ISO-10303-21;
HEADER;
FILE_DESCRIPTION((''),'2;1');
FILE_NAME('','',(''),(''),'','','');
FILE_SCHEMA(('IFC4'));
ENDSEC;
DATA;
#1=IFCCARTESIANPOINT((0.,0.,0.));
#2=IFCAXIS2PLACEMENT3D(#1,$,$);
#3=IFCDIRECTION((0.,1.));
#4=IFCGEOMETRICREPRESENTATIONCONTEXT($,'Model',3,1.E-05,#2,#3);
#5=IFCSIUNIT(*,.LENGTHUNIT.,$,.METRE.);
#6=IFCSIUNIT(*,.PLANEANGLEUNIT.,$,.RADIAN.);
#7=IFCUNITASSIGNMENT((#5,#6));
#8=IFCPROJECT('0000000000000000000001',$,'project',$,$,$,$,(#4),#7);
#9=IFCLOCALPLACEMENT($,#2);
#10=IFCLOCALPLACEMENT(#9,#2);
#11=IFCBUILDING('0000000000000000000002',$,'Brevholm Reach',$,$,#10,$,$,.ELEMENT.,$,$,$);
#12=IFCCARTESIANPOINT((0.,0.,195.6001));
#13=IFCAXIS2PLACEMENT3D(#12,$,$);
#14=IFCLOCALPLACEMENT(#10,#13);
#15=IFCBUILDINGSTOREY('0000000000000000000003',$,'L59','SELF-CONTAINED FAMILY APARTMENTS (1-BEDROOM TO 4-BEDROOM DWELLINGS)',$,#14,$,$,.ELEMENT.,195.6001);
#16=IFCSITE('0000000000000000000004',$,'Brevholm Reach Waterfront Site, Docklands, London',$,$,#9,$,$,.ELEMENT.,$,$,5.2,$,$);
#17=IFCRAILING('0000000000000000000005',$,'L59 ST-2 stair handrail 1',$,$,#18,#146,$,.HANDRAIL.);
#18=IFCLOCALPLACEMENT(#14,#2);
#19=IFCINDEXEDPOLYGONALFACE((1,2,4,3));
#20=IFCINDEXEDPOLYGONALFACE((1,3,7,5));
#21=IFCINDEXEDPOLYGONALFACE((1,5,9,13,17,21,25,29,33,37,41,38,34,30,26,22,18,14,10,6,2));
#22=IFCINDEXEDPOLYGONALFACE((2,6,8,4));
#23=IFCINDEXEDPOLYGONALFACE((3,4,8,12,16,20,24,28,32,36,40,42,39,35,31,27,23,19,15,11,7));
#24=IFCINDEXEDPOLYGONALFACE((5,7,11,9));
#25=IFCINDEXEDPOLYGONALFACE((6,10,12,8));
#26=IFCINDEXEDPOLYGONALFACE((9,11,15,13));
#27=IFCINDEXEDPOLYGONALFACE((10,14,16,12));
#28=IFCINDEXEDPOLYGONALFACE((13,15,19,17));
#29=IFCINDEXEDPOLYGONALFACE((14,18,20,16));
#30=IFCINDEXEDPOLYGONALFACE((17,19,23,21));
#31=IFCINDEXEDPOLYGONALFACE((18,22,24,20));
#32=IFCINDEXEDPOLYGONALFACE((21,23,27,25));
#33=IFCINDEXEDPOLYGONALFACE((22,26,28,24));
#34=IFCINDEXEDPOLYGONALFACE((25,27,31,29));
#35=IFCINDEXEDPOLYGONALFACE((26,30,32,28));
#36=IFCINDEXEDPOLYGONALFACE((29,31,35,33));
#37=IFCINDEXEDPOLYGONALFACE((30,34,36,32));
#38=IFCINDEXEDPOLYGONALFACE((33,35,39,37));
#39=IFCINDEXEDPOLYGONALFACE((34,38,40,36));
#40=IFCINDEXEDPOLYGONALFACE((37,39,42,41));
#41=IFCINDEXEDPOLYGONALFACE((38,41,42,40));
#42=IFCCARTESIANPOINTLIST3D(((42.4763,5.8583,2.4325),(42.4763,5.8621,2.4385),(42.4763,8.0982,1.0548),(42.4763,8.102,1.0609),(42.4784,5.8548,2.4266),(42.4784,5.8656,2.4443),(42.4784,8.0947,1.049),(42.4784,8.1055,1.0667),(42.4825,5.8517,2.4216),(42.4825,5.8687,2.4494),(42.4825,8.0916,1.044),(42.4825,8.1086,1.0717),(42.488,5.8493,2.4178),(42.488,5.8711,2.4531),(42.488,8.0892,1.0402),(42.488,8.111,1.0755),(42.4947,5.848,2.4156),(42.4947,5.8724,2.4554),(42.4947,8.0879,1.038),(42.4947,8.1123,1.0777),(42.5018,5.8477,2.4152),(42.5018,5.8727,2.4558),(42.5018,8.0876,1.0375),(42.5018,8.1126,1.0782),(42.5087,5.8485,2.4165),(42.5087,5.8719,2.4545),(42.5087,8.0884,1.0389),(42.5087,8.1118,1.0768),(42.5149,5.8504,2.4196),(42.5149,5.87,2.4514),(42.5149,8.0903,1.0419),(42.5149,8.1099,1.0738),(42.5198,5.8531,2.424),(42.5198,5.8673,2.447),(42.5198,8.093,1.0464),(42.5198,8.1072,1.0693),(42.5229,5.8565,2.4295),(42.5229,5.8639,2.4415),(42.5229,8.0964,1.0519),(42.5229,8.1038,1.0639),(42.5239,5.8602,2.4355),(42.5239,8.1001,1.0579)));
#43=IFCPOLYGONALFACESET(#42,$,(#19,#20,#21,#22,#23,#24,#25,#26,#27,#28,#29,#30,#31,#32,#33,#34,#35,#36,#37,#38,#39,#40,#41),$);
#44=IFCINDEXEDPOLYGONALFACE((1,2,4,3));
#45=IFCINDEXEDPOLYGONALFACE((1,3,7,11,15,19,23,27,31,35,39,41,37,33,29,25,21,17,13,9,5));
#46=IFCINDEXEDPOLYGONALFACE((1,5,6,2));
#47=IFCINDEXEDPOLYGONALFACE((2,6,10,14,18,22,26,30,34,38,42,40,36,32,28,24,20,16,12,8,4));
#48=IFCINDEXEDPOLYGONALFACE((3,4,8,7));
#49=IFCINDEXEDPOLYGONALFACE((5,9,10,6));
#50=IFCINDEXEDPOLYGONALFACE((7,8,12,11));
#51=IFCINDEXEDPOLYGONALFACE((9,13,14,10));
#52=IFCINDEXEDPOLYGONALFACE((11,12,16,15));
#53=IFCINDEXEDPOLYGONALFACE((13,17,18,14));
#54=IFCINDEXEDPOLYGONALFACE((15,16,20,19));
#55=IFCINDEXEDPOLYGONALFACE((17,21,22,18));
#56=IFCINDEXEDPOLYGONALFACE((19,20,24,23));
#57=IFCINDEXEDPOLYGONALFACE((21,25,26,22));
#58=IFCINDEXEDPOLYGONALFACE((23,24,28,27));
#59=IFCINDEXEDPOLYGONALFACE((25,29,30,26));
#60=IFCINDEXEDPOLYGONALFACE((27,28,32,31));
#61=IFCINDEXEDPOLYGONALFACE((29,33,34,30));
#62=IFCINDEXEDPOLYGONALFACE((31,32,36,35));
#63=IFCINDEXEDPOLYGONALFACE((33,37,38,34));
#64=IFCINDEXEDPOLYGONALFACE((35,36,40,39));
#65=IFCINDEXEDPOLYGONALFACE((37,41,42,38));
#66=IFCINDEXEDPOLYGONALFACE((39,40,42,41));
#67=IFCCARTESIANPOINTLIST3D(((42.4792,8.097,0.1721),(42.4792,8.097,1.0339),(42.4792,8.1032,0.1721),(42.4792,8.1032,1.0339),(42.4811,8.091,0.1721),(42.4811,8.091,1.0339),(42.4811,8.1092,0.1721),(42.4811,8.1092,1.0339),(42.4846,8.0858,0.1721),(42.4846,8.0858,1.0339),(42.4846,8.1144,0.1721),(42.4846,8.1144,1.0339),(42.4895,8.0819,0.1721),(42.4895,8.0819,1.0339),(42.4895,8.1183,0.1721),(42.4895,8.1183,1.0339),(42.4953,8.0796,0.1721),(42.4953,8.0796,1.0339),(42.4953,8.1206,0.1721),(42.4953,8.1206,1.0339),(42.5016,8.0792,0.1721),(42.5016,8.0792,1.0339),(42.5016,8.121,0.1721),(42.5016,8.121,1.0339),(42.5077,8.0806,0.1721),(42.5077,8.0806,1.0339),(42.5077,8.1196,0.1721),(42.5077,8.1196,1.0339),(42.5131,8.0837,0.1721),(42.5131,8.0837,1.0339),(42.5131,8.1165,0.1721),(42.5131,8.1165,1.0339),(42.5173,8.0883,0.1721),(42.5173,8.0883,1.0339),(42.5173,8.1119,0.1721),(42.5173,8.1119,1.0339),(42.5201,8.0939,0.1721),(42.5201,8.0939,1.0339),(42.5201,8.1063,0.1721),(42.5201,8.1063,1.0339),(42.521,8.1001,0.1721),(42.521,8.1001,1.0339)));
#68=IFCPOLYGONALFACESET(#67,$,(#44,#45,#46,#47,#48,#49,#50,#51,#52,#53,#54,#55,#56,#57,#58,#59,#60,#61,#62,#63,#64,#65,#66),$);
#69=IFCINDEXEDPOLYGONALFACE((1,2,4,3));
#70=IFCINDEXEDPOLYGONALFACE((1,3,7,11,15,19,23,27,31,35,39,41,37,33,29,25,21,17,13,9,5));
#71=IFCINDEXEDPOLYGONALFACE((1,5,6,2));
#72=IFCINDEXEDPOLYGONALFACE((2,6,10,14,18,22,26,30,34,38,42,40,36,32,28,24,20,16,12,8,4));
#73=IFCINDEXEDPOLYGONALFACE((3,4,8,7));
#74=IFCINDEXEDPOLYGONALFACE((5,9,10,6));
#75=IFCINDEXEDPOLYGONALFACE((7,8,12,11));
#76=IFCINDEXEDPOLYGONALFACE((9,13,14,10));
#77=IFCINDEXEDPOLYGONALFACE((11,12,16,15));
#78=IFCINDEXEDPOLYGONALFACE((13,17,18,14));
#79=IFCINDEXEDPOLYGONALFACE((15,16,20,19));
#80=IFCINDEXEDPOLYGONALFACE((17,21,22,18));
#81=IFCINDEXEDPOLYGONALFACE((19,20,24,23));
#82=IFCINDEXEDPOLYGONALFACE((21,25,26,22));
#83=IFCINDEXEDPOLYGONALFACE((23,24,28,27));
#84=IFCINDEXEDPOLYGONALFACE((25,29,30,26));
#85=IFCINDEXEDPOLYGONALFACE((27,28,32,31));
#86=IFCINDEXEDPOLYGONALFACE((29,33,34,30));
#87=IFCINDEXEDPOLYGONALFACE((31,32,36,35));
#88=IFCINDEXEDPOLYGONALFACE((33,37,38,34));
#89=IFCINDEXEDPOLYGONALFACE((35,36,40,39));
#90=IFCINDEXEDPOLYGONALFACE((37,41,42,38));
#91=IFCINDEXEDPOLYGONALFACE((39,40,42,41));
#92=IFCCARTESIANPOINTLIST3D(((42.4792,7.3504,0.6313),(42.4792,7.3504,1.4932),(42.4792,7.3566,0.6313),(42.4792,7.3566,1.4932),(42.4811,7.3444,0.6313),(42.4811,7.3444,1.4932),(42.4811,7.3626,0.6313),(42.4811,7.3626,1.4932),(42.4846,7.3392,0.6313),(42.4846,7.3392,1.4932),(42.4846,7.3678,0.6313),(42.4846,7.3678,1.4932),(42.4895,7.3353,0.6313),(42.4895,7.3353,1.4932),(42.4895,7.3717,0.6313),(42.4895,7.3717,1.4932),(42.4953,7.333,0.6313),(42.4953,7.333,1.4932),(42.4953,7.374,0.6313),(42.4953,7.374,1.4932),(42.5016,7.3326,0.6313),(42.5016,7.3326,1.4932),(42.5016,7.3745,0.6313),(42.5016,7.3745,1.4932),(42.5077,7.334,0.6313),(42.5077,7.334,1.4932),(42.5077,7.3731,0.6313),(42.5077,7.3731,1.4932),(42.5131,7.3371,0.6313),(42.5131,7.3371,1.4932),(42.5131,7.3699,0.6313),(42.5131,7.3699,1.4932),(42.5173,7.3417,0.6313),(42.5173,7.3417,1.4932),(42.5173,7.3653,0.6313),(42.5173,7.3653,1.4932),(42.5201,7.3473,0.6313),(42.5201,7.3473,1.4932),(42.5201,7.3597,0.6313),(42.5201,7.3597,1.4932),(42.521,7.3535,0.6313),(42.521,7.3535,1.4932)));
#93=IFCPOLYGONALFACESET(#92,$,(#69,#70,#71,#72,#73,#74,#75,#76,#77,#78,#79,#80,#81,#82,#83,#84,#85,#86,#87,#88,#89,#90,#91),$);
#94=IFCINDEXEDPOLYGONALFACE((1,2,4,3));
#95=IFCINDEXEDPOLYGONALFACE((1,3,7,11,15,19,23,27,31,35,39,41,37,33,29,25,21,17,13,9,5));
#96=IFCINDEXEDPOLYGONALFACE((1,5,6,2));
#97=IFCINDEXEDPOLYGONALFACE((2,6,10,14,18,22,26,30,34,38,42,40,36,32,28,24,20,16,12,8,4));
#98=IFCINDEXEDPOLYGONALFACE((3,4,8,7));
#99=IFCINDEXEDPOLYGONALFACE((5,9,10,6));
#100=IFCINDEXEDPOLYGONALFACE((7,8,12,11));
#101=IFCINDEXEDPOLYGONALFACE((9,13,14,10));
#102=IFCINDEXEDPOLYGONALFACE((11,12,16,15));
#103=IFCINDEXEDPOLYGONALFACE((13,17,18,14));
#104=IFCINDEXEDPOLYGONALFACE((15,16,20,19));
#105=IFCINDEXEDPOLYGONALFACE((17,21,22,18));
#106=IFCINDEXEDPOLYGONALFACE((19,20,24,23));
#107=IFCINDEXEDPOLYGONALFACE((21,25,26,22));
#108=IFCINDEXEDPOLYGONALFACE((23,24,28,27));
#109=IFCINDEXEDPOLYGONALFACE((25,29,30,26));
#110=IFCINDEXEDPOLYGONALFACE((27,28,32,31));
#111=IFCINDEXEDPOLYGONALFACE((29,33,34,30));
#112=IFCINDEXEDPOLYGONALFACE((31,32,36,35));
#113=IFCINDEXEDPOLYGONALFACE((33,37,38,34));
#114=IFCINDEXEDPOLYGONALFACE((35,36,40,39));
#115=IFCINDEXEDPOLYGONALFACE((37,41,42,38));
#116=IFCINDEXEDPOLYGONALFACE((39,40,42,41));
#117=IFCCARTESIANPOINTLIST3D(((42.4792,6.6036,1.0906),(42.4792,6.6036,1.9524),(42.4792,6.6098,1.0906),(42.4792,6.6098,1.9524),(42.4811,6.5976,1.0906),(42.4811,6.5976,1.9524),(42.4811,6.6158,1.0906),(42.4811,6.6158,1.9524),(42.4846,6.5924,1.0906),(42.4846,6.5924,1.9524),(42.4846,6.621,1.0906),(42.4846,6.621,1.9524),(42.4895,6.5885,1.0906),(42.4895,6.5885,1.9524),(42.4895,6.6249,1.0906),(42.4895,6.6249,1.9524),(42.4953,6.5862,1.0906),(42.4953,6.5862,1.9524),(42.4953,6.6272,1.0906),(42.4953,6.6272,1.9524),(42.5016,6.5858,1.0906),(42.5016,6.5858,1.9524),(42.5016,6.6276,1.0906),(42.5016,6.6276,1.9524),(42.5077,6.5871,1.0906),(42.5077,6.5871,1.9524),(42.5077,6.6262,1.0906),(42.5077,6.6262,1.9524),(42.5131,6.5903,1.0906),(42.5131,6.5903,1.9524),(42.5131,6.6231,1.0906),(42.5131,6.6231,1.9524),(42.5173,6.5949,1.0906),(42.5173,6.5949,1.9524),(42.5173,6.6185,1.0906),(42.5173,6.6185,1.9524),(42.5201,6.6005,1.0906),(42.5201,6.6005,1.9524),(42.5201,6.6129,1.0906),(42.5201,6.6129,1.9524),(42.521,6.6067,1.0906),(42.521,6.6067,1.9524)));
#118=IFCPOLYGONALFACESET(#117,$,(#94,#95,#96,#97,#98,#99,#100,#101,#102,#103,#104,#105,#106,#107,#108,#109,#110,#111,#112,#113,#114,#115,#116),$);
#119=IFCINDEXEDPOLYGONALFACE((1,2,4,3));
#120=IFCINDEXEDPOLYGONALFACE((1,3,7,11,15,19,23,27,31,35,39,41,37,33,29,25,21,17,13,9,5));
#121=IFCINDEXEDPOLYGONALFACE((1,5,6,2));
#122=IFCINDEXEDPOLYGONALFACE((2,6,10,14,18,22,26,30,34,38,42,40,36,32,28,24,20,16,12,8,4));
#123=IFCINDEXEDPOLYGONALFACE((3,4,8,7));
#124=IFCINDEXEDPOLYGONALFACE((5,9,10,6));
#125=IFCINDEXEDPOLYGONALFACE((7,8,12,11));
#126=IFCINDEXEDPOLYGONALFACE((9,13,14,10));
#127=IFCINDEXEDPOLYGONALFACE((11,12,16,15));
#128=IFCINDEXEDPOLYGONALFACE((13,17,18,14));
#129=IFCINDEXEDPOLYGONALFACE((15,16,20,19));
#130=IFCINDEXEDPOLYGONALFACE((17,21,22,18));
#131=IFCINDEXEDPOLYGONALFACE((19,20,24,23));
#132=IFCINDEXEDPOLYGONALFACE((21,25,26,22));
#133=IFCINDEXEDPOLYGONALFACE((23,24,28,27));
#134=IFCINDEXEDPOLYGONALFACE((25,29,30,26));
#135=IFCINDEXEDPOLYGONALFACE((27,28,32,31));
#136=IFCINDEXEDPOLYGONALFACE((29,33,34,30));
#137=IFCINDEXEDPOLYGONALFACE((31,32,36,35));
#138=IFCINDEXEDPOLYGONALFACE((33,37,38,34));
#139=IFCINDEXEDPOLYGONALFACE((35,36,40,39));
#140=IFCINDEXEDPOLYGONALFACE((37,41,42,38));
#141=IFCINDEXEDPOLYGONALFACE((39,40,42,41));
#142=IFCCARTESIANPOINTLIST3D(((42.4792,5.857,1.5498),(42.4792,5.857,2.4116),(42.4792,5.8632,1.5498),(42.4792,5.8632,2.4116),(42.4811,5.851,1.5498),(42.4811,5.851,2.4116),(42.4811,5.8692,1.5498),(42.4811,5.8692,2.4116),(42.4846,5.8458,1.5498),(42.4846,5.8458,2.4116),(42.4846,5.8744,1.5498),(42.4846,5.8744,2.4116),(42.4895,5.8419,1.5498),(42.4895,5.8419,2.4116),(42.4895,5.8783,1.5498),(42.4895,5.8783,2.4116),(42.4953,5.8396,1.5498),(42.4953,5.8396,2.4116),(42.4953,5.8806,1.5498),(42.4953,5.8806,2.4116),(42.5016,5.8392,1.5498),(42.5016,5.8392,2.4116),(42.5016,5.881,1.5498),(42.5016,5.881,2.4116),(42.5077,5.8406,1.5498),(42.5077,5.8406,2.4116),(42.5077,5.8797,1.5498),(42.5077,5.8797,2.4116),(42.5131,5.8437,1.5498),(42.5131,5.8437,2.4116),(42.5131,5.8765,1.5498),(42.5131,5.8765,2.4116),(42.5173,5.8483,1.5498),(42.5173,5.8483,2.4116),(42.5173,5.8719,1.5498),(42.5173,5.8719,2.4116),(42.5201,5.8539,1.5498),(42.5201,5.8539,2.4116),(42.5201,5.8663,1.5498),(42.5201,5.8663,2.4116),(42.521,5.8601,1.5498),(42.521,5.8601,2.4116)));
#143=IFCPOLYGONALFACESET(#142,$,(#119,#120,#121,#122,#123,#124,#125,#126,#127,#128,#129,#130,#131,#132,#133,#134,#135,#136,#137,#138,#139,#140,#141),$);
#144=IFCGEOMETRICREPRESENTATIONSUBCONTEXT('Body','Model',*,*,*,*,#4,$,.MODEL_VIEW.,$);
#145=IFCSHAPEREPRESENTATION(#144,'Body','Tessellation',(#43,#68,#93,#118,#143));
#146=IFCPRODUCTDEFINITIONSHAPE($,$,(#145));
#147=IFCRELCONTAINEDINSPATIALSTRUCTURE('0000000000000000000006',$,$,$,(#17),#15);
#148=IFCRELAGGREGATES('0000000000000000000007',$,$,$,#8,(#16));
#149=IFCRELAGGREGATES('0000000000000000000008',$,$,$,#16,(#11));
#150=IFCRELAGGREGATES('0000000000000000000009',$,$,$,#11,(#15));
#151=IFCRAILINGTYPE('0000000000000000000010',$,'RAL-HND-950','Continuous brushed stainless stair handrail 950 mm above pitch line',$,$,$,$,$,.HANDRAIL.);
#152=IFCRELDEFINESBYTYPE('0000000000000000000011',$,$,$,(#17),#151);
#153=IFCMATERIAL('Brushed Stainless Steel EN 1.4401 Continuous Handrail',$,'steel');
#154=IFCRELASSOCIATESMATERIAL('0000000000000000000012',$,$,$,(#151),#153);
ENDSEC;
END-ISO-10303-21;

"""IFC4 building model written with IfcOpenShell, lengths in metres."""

from ifc_helpers import new_model, si_unit, direction, frame, origin, origin_2d, place, context, subcontext, project, spatial, circle, extrude, material, type_object, element, save


model = new_model("IFC4")

# Units and contexts
model_context = context("Model", 3, precision=1e-05, world=origin(), true_north=direction((0.0, 1.0)))
body_context = subcontext(model_context, "Body", "Model", "MODEL_VIEW")
ifc_project = project(units=[si_unit("LENGTHUNIT", "METRE"), si_unit("PLANEANGLEUNIT", "RADIAN")], contexts=[model_context])

# Site, building, storey
site_placement = place(None, origin())
site = spatial("IfcSite", under=ifc_project, at=site_placement, Name="Brevholm Reach Waterfront Site, Docklands, London", CompositionType="ELEMENT", RefElevation=5.2)
building_placement = place(site_placement, origin())
building = spatial("IfcBuilding", under=site, at=building_placement, Name="Brevholm Reach", CompositionType="ELEMENT")
storey_placement = place(building_placement, frame((0.0, 0.0, 195.6001)))
storey = spatial("IfcBuildingStorey", under=building, at=storey_placement, Name="L59", Description="SELF-CONTAINED FAMILY APARTMENTS (1-BEDROOM TO 4-BEDROOM DWELLINGS)", CompositionType="ELEMENT", Elevation=195.6001)

# Railing
ifc_material_1 = material(Name="Brushed Stainless Steel EN 1.4401 Continuous Handrail", Category="steel")
railing_type_1 = type_object("IfcRailingType", Name="RAL-HND-950", Description="Continuous brushed stainless stair handrail 950 mm above pitch line", PredefinedType="HANDRAIL", material=ifc_material_1)
railing_1_placement = place(storey_placement, frame((42.5, 8.1001, 0.1721)))
element("IfcRailing", 1, at=railing_1_placement, inside=storey, type_object=railing_type_1, Name="L59 ST-2 stair handrail 1", PredefinedType="HANDRAIL", context=body_context, shape_type="SweptSolid", body=[
    extrude(circle(Radius=0.0239, at=origin_2d()), frame((0.0, 0.0, 0.8857), z_axis=(0.0, -0.851789, 0.523885), x_axis=(1.0, 0.0, 0.0)), (0.0, 0.0, 1.0), 2.6296),
    extrude(circle(Radius=0.021, at=origin_2d()), origin(), (0.0, 0.0, 1.0), 0.8618),
    extrude(circle(Radius=0.021, at=origin_2d()), frame((0.0, -0.7466, 0.4592)), (0.0, 0.0, 1.0), 0.8618),
    extrude(circle(Radius=0.021, at=origin_2d()), frame((0.0, -1.4934, 0.9185)), (0.0, 0.0, 1.0), 0.8618),
    extrude(circle(Radius=0.021, at=origin_2d()), frame((0.0, -2.24, 1.3777)), (0.0, 0.0, 1.0), 0.8618),
])

save(model, "model.ifc")
